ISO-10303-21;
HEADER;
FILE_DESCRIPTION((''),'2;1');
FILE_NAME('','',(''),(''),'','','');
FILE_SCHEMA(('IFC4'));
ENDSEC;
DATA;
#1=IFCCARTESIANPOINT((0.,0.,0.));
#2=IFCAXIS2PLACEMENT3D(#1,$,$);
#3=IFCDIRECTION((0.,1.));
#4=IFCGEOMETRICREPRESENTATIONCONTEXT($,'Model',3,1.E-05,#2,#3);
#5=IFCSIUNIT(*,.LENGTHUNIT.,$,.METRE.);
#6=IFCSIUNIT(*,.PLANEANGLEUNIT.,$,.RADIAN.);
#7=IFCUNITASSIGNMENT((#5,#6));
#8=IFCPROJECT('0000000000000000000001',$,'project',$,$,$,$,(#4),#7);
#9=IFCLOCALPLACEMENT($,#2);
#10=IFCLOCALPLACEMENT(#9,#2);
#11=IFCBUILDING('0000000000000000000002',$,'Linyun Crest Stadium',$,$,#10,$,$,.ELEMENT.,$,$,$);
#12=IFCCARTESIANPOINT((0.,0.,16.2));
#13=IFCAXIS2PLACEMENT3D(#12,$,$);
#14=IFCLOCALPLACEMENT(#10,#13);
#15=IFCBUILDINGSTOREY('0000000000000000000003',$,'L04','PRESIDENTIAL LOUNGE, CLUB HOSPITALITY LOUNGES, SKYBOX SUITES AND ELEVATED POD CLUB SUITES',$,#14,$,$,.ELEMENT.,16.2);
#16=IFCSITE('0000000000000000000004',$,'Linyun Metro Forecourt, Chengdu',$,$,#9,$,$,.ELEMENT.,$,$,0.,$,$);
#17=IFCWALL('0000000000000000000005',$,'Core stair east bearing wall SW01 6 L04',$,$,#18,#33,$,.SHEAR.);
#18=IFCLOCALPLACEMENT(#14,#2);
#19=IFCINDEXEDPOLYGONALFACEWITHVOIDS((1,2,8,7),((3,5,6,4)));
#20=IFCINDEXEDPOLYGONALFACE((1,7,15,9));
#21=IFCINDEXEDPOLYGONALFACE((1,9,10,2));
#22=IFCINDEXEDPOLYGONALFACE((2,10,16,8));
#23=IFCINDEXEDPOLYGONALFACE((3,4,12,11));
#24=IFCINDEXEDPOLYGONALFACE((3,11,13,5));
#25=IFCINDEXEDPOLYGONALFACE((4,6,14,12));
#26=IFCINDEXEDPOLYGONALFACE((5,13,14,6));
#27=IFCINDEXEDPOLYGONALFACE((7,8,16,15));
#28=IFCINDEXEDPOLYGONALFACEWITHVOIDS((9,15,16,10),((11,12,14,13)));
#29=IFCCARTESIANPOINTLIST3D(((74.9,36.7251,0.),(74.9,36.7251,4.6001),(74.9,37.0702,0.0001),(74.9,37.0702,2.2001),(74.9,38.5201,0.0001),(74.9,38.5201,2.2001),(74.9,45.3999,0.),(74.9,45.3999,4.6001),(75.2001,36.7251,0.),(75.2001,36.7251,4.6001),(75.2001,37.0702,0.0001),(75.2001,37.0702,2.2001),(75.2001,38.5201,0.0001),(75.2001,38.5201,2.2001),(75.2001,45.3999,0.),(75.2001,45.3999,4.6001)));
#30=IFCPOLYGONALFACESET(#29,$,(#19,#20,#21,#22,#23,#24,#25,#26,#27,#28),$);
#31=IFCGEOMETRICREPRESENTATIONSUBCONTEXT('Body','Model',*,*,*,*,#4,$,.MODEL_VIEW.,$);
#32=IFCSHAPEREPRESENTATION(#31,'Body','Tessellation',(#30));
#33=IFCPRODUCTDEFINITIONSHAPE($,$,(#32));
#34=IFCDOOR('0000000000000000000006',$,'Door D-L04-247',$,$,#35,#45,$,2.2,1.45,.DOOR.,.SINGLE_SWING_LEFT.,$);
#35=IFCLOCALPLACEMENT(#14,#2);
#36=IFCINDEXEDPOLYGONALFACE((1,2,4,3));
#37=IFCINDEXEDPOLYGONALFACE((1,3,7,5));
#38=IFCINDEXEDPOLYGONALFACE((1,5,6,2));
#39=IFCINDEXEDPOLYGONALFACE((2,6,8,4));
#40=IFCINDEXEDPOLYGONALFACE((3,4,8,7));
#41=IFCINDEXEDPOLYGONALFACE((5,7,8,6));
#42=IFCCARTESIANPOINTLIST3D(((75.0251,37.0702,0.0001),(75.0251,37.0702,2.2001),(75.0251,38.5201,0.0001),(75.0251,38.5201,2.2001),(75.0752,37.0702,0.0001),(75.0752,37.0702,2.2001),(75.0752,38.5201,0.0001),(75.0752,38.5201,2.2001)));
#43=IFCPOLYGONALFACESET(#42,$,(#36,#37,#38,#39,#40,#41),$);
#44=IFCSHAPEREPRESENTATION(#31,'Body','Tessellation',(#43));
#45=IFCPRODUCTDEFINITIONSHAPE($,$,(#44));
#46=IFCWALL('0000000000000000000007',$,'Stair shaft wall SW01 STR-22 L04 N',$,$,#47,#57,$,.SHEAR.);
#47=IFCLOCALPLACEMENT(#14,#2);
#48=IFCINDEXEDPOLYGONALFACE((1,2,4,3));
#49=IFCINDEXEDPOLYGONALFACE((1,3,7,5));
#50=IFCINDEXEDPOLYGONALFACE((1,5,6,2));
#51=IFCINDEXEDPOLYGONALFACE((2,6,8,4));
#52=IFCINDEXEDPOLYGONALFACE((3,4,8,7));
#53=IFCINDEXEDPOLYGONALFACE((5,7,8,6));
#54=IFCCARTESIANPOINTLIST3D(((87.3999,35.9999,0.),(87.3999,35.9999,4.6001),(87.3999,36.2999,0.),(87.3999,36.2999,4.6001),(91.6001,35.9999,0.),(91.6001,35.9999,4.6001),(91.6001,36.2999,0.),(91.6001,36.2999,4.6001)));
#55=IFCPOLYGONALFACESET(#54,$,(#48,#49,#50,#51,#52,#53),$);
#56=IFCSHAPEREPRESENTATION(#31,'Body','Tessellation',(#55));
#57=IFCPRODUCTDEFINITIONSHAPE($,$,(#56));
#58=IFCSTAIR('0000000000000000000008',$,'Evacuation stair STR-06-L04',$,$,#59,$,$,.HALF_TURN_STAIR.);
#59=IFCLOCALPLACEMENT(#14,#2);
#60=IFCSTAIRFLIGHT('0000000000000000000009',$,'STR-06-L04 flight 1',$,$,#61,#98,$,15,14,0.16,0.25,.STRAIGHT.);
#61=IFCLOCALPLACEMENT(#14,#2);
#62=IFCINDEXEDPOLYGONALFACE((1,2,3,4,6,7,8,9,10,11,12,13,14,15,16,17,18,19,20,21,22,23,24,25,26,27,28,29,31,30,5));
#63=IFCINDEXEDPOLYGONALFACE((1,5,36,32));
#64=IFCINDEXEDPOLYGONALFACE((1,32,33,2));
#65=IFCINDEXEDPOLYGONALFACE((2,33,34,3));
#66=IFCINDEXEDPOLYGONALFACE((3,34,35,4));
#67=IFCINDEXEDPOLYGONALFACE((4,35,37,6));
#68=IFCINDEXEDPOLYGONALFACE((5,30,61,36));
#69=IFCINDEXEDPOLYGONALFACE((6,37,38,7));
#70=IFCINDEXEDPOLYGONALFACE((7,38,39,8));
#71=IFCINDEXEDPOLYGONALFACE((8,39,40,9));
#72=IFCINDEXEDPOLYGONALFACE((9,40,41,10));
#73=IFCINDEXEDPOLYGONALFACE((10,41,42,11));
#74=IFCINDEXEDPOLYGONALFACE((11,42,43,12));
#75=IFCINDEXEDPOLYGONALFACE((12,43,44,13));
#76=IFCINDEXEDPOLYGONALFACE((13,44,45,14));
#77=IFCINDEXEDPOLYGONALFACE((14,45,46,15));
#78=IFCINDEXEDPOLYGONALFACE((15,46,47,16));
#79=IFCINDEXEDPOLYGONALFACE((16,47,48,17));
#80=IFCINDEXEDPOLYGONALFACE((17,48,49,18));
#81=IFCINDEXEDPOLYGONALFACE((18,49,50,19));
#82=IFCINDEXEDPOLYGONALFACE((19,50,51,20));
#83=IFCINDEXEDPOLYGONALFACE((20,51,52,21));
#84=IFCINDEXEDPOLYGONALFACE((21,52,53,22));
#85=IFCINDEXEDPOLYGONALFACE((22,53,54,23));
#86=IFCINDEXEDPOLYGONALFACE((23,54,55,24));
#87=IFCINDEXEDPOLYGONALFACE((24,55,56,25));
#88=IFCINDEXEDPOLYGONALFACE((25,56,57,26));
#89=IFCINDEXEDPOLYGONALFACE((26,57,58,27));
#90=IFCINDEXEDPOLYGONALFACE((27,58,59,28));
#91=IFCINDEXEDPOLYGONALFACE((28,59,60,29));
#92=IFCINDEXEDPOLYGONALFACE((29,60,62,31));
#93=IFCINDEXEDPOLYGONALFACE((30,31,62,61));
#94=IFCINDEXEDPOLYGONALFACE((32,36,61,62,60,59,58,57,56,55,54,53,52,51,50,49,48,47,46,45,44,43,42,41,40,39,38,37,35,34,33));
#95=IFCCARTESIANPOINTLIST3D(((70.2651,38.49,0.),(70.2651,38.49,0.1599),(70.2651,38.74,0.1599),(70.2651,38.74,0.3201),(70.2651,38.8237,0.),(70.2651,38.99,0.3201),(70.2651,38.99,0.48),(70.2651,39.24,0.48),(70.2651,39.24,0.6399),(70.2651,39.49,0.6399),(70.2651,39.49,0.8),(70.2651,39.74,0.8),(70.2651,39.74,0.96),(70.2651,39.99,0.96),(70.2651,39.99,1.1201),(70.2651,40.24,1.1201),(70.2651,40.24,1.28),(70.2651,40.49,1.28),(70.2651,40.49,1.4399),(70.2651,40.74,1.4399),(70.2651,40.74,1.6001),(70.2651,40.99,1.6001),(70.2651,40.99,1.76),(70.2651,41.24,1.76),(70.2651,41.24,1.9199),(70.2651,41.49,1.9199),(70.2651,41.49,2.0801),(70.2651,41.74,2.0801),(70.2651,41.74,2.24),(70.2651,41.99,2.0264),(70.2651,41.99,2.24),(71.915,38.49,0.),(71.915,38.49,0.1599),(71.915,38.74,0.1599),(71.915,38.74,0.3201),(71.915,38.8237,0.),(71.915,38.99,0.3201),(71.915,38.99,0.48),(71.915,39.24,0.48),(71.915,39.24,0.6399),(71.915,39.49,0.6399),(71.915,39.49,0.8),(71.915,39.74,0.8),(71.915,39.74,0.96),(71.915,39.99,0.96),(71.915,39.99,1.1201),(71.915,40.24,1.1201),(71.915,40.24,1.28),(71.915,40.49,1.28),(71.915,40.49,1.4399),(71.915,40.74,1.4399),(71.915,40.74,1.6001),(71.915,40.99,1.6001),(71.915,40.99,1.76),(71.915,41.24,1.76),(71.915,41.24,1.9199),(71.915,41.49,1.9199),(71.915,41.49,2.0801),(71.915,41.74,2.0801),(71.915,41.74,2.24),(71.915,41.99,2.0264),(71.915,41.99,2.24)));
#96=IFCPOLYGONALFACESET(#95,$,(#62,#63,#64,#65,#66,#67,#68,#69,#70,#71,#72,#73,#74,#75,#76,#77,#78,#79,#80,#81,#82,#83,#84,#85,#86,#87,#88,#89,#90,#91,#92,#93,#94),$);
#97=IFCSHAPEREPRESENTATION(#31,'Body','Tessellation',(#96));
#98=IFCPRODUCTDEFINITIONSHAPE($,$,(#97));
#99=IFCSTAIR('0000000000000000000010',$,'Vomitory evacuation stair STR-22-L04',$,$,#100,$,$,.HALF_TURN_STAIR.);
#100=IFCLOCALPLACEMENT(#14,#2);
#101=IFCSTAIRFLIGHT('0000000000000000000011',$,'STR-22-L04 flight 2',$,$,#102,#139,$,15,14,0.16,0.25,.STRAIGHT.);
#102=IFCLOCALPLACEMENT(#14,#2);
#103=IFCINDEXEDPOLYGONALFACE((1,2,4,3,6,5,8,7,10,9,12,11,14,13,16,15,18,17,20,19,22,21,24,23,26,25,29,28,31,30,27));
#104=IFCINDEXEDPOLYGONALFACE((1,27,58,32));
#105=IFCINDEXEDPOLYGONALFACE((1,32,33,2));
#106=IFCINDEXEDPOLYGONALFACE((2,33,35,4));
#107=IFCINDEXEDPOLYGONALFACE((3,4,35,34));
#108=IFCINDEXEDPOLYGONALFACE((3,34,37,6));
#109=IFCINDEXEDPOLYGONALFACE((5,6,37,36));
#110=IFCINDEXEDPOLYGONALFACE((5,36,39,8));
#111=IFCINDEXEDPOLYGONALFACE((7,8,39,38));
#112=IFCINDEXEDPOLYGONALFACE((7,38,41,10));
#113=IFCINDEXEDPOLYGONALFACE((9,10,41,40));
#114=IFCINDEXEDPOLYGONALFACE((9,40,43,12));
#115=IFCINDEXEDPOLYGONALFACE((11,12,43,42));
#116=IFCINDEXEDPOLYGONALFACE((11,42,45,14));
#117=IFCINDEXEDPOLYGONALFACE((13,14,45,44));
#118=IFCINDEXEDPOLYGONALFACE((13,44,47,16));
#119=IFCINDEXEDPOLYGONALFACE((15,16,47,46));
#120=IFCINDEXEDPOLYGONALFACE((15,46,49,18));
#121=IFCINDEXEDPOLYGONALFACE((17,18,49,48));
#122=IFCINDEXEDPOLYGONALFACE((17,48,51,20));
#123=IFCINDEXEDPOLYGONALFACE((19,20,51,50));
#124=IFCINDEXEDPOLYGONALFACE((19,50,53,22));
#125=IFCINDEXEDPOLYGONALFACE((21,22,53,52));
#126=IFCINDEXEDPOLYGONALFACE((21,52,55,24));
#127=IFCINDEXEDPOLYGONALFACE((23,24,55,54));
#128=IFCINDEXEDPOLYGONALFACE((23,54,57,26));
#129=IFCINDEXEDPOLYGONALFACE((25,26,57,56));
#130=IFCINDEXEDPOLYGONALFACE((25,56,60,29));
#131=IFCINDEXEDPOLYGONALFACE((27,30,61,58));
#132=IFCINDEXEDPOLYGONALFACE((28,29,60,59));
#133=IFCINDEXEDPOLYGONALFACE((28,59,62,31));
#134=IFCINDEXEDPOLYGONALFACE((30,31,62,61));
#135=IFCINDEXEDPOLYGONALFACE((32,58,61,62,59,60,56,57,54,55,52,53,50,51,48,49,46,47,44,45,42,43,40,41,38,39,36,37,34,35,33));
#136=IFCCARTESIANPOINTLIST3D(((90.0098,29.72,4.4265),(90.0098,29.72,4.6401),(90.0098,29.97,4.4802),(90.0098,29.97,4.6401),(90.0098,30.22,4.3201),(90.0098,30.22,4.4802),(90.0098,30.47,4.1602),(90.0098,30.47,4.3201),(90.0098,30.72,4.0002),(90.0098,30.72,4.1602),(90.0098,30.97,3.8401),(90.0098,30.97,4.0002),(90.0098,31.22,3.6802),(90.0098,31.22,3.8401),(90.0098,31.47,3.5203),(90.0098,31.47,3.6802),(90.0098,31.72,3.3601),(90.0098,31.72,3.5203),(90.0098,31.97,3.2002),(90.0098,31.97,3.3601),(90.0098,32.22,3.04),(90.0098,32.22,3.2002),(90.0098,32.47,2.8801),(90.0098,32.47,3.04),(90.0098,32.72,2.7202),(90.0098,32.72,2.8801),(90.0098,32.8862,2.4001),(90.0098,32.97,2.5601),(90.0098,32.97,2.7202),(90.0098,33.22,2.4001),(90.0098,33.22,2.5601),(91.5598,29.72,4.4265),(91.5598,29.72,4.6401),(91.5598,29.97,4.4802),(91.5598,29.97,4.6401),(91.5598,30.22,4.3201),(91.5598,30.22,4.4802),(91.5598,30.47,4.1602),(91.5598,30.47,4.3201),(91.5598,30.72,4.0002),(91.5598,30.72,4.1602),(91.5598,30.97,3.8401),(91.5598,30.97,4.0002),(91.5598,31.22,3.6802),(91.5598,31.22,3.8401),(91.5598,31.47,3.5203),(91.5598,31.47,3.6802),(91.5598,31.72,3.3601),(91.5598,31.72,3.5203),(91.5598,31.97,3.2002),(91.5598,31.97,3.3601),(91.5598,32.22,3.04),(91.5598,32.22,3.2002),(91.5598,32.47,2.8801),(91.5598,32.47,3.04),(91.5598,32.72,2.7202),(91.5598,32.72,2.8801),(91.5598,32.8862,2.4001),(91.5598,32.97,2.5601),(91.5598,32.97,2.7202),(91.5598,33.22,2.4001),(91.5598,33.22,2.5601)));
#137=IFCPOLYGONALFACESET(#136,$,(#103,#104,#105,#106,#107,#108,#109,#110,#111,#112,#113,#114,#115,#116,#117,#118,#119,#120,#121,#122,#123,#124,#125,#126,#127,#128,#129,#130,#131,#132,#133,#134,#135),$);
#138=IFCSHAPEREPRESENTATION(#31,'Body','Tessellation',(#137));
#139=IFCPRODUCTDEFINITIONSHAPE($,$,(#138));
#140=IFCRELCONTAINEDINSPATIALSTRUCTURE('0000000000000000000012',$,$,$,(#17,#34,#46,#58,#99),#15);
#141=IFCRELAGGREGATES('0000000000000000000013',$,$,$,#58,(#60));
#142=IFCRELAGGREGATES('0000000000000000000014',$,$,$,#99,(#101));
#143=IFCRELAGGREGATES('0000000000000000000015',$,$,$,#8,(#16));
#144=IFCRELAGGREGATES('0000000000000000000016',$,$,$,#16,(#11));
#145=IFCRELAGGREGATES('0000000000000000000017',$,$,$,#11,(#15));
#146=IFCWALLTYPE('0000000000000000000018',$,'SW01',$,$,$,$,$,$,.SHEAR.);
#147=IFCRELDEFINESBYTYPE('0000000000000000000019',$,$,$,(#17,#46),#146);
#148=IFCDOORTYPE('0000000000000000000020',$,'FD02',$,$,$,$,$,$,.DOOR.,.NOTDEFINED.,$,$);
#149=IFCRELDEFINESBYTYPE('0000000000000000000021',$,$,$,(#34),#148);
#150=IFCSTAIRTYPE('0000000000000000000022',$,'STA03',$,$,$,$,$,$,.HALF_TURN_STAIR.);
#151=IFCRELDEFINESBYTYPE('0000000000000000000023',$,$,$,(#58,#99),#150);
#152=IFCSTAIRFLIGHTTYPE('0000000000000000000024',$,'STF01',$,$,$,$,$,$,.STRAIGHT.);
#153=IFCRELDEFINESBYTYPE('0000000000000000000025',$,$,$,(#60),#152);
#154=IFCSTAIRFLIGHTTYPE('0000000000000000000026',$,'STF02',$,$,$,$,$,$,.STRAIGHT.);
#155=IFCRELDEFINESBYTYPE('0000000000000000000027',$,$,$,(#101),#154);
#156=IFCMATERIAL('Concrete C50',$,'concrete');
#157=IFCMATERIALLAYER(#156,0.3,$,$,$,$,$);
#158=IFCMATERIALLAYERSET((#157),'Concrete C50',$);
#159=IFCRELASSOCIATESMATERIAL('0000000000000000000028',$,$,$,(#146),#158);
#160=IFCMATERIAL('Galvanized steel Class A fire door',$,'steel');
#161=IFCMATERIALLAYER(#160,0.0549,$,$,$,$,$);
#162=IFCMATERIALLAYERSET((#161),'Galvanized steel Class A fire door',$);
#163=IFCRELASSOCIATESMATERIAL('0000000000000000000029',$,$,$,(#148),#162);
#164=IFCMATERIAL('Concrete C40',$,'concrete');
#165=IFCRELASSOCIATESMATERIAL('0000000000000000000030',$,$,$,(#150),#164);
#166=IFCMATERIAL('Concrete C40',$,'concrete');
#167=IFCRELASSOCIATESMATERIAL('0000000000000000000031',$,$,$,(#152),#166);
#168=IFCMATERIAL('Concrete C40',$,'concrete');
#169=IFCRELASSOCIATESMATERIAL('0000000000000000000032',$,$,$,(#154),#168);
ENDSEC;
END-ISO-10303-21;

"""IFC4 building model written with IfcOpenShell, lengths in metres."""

from ifc_helpers import new_model, si_unit, direction, frame, frame_2d, origin, place, context, subcontext, project, spatial, polyline, rectangle, outline, extrude, material, layer, layer_set, type_object, element, fill, aggregate, save


model = new_model("IFC4")

# Units and contexts
model_context = context("Model", 3, precision=1e-05, world=origin(), true_north=direction((0.0, 1.0)))
body_context = subcontext(model_context, "Body", "Model", "MODEL_VIEW")
ifc_project = project(units=[si_unit("LENGTHUNIT", "METRE"), si_unit("PLANEANGLEUNIT", "RADIAN")], contexts=[model_context])

# Site, building, storey
site_placement = place(None, origin())
site = spatial("IfcSite", under=ifc_project, at=site_placement, Name="Linyun Metro Forecourt, Chengdu", CompositionType="ELEMENT", RefElevation=0.0)
building_placement = place(site_placement, origin())
building = spatial("IfcBuilding", under=site, at=building_placement, Name="Linyun Crest Stadium", CompositionType="ELEMENT")
storey_placement = place(building_placement, frame((0.0, 0.0, 16.2)))
storey = spatial("IfcBuildingStorey", under=building, at=storey_placement, Name="L04", Description="PRESIDENTIAL LOUNGE, CLUB HOSPITALITY LOUNGES, SKYBOX SUITES AND ELEVATED POD CLUB SUITES", CompositionType="ELEMENT", Elevation=16.2)

# Wall, opening, door
ifc_material_1 = material(Name="Concrete C50", Category="concrete")
ifc_layer_1 = layer(ifc_material_1, 0.3)
ifc_layer_set_1 = layer_set([ifc_layer_1], Name="Concrete C50")
wall_type_1 = type_object("IfcWallType", Name="SW01", PredefinedType="SHEAR", material=ifc_layer_set_1)
wall_1_placement = place(storey_placement, frame((75.05, 36.7251, 0.0), z_axis=(0.0, 0.0, 1.0), x_axis=(0.0, 1.0, 0.0)))
wall_1 = element("IfcWall", 1, at=wall_1_placement, inside=storey, type_object=wall_type_1, Name="Core stair east bearing wall SW01 6 L04", PredefinedType="SHEAR", context=body_context, shape_type="SweptSolid", body=[
    extrude(rectangle(XDim=8.6748, YDim=0.3, at=frame_2d((4.3374, 0.0))), origin(), (0.0, 0.0, 1.0), 4.6001),
])
opening_1_placement = place(wall_1_placement, frame((0.345, 0.0, 0.0)))
opening_1 = element("IfcOpeningElement", 2, at=opening_1_placement, cuts=wall_1, PredefinedType="OPENING", context=body_context, shape_type="SweptSolid", body=[
    extrude(rectangle(XDim=1.45, YDim=2.2, at=frame_2d((0.7251, 1.1001))), frame((0.0, 0.1599, 0.0), z_axis=(0.0, -1.0, 0.0), x_axis=(1.0, 0.0, 0.0)), (0.0, 0.0, 1.0), 0.3201),
])
ifc_material_2 = material(Name="Galvanized steel Class A fire door", Category="steel")
ifc_layer_2 = layer(ifc_material_2, 0.0549)
ifc_layer_set_2 = layer_set([ifc_layer_2], Name="Galvanized steel Class A fire door")
door_type_1 = type_object("IfcDoorType", Name="FD02", OperationType="NOTDEFINED", PredefinedType="DOOR", material=ifc_layer_set_2)
door_1_placement = place(opening_1_placement, origin())
door_1 = element("IfcDoor", 3, at=door_1_placement, inside=storey, type_object=door_type_1, Name="Door D-L04-247", OperationType="SINGLE_SWING_LEFT", OverallHeight=2.2, OverallWidth=1.45, PredefinedType="DOOR", context=body_context, shape_type="SweptSolid", body=[
    extrude(rectangle(XDim=1.45, YDim=2.2, at=frame_2d((0.7251, 1.1001))), frame((0.0, 0.0249, 0.0), z_axis=(0.0, -1.0, 0.0), x_axis=(1.0, 0.0, 0.0)), (0.0, 0.0, 1.0), 0.05),
])
fill(opening_1, door_1)

# Wall
wall_2_placement = place(storey_placement, frame((87.3999, 36.1499, 0.0), z_axis=(0.0, 0.0, 1.0), x_axis=(1.0, 0.0, 0.0)))
element("IfcWall", 4, at=wall_2_placement, inside=storey, type_object=wall_type_1, Name="Stair shaft wall SW01 STR-22 L04 N", PredefinedType="SHEAR", context=body_context, shape_type="SweptSolid", body=[
    extrude(rectangle(XDim=4.2002, YDim=0.3, at=frame_2d((2.1001, 0.0))), origin(), (0.0, 0.0, 1.0), 4.6001),
])

# Stairs, stair flights
ifc_material_3 = material(Name="Concrete C40", Category="concrete")
stair_type = type_object("IfcStairType", Name="STA03", PredefinedType="HALF_TURN_STAIR", material=ifc_material_3)
stair_1_placement = place(storey_placement, origin())
stair_1 = element("IfcStair", 5, at=stair_1_placement, inside=storey, type_object=stair_type, Name="Evacuation stair STR-06-L04", PredefinedType="HALF_TURN_STAIR")
ifc_material_4 = material(Name="Concrete C40", Category="concrete")
stair_flight_type_1 = type_object("IfcStairFlightType", Name="STF01", PredefinedType="STRAIGHT", material=ifc_material_4)
stair_flight_1_placement = place(storey_placement, frame((71.0901, 38.49, 0.0), z_axis=(0.0, 0.0, 1.0), x_axis=(0.0, 1.0, 0.0)))
stair_flight_1 = element("IfcStairFlight", 6, at=stair_flight_1_placement, type_object=stair_flight_type_1, Name="STR-06-L04 flight 1", NumberOfRisers=15, NumberOfTreads=14, PredefinedType="STRAIGHT", RiserHeight=0.16, TreadLength=0.25, context=body_context, shape_type="SweptSolid", body=[
    extrude(outline(polyline([(0.0, 0.0), (0.0, 0.1599), (0.25, 0.1599), (0.25, 0.3201), (0.5, 0.3201), (0.5, 0.48), (0.75, 0.48), (0.75, 0.6399), (1.0, 0.6399), (1.0, 0.8), (1.25, 0.8), (1.25, 0.96), (1.5, 0.96), (1.5, 1.1201), (1.75, 1.1201), (1.75, 1.28), (2.0, 1.28), (2.0, 1.4399), (2.25, 1.4399), (2.25, 1.6001), (2.5, 1.6001), (2.5, 1.76), (2.75, 1.76), (2.75, 1.9199), (3.0, 1.9199), (3.0, 2.0801), (3.25, 2.0801), (3.25, 2.24), (3.5, 2.24), (3.5, 2.3999), (3.5, 2.0264), (0.3337, 0.0), (0.0, 0.0)])), frame((0.0, 0.825, 0.0), z_axis=(0.0, -1.0, 0.0), x_axis=(1.0, 0.0, 0.0)), (0.0, 0.0, 1.0), 1.6499),
])
aggregate(stair_1, [stair_flight_1])
stair_2_placement = place(storey_placement, origin())
stair_2 = element("IfcStair", 7, at=stair_2_placement, inside=storey, type_object=stair_type, Name="Vomitory evacuation stair STR-22-L04", PredefinedType="HALF_TURN_STAIR")
ifc_material_5 = material(Name="Concrete C40", Category="concrete")
stair_flight_type_2 = type_object("IfcStairFlightType", Name="STF02", PredefinedType="STRAIGHT", material=ifc_material_5)
stair_flight_2_placement = place(storey_placement, frame((90.7849, 33.22, 2.4001), z_axis=(0.0, 0.0, 1.0), x_axis=(0.0, -1.0, 0.0)))
stair_flight_2 = element("IfcStairFlight", 8, at=stair_flight_2_placement, type_object=stair_flight_type_2, Name="STR-22-L04 flight 2", NumberOfRisers=15, NumberOfTreads=14, PredefinedType="STRAIGHT", RiserHeight=0.16, TreadLength=0.25, context=body_context, shape_type="SweptSolid", body=[
    extrude(outline(polyline([(0.0, 0.0), (0.0, 0.1599), (0.25, 0.1599), (0.25, 0.3201), (0.5, 0.3201), (0.5, 0.48), (0.75, 0.48), (0.75, 0.6399), (1.0, 0.6399), (1.0, 0.8), (1.25, 0.8), (1.25, 0.96), (1.5, 0.96), (1.5, 1.1201), (1.75, 1.1201), (1.75, 1.28), (2.0, 1.28), (2.0, 1.4399), (2.25, 1.4399), (2.25, 1.6001), (2.5, 1.6001), (2.5, 1.76), (2.75, 1.76), (2.75, 1.9199), (3.0, 1.9199), (3.0, 2.0801), (3.25, 2.0801), (3.25, 2.24), (3.5, 2.24), (3.5, 2.3999), (3.5, 2.0264), (0.3337, 0.0), (0.0, 0.0)])), frame((0.0, 0.7749, 0.0), z_axis=(0.0, -1.0, 0.0), x_axis=(1.0, 0.0, 0.0)), (0.0, 0.0, 1.0), 1.55),
])
aggregate(stair_2, [stair_flight_2])

save(model, "model.ifc")
